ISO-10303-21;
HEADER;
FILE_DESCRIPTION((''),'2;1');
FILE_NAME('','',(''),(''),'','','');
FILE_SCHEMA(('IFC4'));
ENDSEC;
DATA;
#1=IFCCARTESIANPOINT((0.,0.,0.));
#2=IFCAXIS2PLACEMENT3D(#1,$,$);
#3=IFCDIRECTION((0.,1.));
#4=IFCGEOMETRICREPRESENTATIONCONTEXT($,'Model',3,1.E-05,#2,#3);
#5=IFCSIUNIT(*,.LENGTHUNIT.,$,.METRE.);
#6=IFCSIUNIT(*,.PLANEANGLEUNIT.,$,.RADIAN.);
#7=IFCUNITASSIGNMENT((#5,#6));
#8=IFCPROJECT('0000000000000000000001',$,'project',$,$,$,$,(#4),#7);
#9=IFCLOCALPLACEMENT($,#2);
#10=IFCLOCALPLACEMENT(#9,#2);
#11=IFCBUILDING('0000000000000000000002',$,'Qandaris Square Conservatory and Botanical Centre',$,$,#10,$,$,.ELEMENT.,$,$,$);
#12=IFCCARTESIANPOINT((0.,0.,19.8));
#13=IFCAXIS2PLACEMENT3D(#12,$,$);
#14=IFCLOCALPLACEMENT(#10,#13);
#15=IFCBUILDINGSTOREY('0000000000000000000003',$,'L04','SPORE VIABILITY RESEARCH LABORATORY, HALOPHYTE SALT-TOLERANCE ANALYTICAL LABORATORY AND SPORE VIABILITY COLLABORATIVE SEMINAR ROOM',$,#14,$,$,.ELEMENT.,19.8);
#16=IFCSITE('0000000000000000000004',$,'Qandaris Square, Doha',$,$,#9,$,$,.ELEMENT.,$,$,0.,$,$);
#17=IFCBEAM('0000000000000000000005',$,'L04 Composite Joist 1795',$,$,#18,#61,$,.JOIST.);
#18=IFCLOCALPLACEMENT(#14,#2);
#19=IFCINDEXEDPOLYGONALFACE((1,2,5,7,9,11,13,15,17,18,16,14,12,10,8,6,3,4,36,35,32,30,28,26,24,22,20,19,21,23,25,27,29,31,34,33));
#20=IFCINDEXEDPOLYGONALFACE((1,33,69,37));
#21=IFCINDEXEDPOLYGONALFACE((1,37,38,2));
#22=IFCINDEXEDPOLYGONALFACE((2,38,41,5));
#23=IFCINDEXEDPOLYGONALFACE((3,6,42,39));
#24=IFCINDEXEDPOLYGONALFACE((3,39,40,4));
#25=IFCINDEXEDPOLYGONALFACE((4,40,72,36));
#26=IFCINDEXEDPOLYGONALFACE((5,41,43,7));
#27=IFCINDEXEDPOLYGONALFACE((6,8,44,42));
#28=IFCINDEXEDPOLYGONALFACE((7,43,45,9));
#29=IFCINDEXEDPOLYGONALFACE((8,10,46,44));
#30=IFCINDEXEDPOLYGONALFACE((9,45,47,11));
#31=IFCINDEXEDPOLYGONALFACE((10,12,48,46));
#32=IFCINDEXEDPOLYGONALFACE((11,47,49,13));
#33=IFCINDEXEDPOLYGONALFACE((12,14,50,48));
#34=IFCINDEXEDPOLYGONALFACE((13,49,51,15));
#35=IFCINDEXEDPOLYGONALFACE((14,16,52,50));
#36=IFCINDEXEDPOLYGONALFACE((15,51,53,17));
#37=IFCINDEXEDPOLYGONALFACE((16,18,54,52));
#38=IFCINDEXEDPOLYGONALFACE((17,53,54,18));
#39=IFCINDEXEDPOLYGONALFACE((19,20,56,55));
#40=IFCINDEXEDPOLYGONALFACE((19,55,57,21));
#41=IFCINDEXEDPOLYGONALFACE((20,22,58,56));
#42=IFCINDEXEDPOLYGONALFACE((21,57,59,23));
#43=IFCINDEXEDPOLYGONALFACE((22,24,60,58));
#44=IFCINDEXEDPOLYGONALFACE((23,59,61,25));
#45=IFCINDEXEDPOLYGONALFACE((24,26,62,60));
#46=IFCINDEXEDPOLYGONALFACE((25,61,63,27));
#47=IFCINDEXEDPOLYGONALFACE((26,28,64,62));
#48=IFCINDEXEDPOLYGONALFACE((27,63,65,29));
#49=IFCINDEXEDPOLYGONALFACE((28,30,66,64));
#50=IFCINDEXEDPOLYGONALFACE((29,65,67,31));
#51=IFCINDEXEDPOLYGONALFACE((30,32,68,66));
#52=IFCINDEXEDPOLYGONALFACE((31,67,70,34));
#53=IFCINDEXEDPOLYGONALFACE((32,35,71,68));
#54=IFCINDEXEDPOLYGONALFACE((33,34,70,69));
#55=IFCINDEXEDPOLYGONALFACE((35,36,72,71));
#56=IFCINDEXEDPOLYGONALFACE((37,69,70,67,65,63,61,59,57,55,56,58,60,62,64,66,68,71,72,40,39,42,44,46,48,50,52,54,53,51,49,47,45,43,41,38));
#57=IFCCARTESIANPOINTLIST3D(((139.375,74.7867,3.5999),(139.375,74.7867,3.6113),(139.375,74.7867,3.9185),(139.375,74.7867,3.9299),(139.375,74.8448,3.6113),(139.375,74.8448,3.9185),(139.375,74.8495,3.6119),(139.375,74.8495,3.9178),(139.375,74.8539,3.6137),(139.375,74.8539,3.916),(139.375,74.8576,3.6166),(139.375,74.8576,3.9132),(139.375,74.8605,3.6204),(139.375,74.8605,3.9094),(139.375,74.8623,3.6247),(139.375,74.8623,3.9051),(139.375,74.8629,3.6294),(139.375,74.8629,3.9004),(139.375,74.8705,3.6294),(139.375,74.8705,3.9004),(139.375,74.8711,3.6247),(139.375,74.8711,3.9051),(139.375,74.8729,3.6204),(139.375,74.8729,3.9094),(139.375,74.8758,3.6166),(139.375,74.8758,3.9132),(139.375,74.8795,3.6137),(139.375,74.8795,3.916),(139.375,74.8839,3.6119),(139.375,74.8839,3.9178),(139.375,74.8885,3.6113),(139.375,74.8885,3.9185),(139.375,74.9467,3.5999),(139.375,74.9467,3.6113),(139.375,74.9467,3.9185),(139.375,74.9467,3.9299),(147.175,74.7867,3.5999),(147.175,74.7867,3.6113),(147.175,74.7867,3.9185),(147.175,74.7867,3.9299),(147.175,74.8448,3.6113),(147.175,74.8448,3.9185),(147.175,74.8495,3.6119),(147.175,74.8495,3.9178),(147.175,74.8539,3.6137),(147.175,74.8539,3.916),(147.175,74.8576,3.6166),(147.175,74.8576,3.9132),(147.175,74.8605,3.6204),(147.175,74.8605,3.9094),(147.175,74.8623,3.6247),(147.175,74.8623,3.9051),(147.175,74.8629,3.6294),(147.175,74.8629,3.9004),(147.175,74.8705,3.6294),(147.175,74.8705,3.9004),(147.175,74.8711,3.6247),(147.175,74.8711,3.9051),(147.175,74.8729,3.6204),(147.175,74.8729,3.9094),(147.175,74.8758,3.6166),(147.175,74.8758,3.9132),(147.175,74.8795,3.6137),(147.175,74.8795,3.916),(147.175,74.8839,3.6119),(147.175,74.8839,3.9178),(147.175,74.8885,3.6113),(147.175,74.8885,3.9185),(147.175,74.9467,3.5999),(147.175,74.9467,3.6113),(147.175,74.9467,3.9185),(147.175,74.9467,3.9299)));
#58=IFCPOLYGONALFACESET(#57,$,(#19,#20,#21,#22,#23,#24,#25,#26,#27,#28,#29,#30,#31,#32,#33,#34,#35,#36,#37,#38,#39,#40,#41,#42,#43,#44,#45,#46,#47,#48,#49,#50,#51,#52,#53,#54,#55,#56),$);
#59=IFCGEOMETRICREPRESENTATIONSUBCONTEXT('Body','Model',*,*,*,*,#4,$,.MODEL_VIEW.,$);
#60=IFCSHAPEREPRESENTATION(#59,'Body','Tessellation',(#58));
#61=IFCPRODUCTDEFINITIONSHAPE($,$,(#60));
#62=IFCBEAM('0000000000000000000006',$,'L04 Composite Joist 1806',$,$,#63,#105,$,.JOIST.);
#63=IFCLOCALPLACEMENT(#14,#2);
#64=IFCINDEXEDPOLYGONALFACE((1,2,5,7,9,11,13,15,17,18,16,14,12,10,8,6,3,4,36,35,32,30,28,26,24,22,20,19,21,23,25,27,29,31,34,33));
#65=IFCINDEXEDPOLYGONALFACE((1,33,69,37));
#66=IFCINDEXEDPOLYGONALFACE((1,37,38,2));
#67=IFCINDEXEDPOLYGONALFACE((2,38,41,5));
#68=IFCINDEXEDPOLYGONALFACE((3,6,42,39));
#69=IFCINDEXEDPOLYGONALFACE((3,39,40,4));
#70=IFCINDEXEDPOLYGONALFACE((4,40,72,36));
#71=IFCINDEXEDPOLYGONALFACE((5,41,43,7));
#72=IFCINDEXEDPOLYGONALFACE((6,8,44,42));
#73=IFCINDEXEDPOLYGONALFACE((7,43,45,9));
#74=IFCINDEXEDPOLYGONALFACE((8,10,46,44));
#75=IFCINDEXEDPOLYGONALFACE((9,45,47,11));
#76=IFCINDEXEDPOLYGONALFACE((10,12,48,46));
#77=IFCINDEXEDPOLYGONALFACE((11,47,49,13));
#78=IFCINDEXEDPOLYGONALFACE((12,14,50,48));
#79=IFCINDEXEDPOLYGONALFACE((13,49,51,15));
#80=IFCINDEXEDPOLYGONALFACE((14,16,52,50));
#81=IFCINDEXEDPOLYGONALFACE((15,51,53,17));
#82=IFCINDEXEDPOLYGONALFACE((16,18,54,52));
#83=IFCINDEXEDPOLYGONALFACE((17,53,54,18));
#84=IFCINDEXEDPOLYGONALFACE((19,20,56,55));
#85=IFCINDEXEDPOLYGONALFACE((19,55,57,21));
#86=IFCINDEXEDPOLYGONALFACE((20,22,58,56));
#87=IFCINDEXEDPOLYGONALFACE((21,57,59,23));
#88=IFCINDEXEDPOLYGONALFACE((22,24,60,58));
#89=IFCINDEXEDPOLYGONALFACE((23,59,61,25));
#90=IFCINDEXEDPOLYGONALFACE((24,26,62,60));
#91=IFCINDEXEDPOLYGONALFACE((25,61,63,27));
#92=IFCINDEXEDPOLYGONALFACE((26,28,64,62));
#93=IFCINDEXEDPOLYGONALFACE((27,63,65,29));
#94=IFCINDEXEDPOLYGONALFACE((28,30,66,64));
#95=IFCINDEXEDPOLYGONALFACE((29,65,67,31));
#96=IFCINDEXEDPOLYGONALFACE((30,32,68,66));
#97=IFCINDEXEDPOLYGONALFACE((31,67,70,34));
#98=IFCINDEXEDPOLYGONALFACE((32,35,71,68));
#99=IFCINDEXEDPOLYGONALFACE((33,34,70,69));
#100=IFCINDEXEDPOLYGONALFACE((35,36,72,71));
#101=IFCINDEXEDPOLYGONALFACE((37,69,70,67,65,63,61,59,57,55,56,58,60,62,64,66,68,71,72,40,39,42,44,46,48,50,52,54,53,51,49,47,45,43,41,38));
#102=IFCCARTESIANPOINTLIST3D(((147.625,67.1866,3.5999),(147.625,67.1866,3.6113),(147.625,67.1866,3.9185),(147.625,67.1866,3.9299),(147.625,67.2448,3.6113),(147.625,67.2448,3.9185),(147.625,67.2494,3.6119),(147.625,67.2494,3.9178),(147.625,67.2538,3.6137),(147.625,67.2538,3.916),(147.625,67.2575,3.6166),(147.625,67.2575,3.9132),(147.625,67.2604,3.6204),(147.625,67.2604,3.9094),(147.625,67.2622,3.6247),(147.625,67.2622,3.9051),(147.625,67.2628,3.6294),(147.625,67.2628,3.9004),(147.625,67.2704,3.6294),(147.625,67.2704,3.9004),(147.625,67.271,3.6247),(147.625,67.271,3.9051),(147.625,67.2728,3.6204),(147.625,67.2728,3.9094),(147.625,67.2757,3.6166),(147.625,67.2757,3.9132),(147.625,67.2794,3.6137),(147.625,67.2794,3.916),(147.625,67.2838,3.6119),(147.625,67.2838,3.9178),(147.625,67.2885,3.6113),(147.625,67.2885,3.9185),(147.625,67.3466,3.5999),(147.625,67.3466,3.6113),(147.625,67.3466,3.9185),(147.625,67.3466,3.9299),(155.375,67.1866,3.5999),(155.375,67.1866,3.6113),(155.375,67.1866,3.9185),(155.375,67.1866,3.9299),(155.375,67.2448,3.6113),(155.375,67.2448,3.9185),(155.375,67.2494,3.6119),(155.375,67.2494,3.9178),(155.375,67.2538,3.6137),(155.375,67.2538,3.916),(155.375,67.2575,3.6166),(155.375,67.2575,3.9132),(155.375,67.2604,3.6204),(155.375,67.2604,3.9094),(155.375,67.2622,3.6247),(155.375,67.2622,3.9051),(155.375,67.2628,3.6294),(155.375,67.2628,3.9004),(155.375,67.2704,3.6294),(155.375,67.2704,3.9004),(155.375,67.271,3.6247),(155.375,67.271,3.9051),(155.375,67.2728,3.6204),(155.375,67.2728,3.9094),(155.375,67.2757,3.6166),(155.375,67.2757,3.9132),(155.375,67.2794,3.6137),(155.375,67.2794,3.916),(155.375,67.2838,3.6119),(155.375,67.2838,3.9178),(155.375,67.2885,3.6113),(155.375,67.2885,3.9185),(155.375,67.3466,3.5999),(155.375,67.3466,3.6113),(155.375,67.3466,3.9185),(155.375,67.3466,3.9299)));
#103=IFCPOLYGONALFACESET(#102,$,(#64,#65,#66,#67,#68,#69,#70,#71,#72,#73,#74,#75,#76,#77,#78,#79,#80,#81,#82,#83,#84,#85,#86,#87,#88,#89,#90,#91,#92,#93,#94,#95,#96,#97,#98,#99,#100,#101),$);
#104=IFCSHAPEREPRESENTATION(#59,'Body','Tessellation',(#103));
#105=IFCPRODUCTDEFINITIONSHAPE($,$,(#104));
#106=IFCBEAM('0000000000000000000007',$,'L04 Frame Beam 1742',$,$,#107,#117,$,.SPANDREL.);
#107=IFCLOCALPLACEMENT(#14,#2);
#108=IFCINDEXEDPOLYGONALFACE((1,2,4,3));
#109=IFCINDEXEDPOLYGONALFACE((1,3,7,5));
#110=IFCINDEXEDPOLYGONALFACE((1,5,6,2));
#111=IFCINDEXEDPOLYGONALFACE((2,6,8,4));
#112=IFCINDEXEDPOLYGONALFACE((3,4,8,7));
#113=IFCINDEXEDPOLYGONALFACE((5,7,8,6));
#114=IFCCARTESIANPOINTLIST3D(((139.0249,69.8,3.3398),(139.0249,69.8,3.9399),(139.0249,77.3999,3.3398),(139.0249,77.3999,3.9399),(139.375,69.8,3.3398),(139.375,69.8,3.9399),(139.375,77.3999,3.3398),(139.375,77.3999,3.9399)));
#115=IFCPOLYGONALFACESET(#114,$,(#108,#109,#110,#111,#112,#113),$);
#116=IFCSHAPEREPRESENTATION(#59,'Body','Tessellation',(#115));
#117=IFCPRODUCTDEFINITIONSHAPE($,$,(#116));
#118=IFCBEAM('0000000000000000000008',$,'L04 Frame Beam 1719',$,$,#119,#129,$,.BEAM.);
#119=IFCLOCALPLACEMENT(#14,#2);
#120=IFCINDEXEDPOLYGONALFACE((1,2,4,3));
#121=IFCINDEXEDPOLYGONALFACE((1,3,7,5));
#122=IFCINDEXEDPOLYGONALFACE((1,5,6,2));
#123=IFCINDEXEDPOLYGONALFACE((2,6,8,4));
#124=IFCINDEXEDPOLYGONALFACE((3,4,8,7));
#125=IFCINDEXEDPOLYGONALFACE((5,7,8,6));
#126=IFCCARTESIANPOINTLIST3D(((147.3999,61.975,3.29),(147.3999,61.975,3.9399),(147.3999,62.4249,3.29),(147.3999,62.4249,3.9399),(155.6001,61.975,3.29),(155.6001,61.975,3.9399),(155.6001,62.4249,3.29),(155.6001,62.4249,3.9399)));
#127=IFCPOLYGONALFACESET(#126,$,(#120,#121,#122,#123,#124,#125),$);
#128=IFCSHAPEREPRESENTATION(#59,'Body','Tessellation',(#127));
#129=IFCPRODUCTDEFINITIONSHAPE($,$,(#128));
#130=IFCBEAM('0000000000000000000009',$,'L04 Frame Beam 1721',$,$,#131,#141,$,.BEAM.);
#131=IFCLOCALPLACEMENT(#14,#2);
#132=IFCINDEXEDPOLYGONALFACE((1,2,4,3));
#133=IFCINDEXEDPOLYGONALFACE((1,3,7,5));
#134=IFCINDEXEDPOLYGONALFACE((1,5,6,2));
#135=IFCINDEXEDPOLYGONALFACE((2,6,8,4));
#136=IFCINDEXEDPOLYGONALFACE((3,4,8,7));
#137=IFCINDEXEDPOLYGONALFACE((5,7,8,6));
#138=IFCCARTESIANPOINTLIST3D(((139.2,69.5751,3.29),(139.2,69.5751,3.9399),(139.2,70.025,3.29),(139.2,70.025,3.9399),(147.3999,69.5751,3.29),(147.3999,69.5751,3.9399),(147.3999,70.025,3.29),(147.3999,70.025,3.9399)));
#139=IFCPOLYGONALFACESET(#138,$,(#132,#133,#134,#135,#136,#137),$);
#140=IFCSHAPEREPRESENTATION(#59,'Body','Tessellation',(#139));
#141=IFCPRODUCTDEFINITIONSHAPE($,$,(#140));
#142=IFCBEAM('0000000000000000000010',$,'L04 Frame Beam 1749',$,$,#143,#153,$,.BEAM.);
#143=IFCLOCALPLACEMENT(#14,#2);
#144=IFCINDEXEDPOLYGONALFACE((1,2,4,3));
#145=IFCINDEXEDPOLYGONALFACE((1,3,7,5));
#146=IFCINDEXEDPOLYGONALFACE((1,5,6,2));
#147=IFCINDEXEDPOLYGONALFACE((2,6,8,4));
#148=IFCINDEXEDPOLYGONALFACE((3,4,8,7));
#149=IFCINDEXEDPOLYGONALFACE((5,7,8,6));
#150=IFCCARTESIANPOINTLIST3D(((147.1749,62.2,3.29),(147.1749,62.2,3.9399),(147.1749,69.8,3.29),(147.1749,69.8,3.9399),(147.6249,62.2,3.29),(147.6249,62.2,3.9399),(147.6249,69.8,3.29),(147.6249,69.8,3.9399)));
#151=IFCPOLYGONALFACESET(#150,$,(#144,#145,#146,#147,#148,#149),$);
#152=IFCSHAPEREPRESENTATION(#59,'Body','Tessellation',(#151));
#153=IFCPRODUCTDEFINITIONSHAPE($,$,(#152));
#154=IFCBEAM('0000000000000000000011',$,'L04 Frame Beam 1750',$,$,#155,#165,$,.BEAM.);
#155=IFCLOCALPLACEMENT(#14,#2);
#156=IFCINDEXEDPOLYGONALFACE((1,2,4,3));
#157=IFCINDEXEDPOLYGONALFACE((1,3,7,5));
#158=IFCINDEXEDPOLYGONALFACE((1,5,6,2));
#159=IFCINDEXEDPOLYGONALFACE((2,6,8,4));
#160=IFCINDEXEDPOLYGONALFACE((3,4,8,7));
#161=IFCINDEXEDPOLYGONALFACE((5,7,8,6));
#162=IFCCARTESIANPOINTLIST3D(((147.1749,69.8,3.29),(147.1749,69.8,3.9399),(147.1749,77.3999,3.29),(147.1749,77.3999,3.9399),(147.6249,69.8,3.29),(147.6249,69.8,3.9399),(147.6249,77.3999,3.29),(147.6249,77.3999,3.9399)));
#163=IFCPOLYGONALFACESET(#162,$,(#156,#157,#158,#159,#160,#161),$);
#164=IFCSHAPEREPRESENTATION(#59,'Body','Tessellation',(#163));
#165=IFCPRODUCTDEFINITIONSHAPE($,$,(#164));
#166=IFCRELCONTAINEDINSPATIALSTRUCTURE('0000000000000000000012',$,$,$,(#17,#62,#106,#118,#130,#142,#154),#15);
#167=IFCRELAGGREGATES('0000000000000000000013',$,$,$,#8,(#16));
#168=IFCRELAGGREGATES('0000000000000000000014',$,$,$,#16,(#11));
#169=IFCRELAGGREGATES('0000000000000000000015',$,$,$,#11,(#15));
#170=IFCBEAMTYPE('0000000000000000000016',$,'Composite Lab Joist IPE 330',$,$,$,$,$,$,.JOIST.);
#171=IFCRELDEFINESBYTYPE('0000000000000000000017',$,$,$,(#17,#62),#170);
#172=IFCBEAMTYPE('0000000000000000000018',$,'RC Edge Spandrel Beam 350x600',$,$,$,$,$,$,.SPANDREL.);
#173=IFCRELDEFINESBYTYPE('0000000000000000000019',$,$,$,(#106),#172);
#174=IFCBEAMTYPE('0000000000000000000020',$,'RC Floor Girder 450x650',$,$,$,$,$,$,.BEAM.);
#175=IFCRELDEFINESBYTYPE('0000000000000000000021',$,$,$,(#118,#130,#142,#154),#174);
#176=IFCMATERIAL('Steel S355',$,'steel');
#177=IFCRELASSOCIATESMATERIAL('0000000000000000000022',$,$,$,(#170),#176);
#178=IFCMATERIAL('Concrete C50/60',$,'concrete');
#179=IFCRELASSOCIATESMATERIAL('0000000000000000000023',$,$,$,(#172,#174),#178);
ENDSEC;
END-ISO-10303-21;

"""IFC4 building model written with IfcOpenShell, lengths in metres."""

from ifc_helpers import new_model, si_unit, direction, frame, origin, origin_2d, place, context, subcontext, project, spatial, rectangle, i_section, extrude, material, material_profile, profile_set, type_object, element, save


model = new_model("IFC4")

# Units and contexts
model_context = context("Model", 3, precision=1e-05, world=origin(), true_north=direction((0.0, 1.0)))
body_context = subcontext(model_context, "Body", "Model", "MODEL_VIEW")
ifc_project = project(units=[si_unit("LENGTHUNIT", "METRE"), si_unit("PLANEANGLEUNIT", "RADIAN")], contexts=[model_context])

# Site, building, storey
site_placement = place(None, origin())
site = spatial("IfcSite", under=ifc_project, at=site_placement, Name="Qandaris Square, Doha", CompositionType="ELEMENT", RefElevation=0.0)
building_placement = place(site_placement, origin())
building = spatial("IfcBuilding", under=site, at=building_placement, Name="Qandaris Square Conservatory and Botanical Centre", CompositionType="ELEMENT")
storey_placement = place(building_placement, frame((0.0, 0.0, 19.8)))
storey = spatial("IfcBuildingStorey", under=building, at=storey_placement, Name="L04", Description="SPORE VIABILITY RESEARCH LABORATORY, HALOPHYTE SALT-TOLERANCE ANALYTICAL LABORATORY AND SPORE VIABILITY COLLABORATIVE SEMINAR ROOM", CompositionType="ELEMENT", Elevation=19.8)

# Shared definitions
ifc_material_1 = material(Name="Concrete C50/60", Category="concrete")

# Beams
ifc_material_2 = material(Name="Steel S355", Category="steel")
ifc_material_profile_1 = material_profile(ifc_material_2, i_section(OverallWidth=0.1599, OverallDepth=0.3301, WebThickness=0.0076, FlangeThickness=0.0115, FilletRadius=0.0181, at=origin_2d()), Name="IPE 330")
ifc_profile_set_1 = profile_set([ifc_material_profile_1], Name="Steel S355")
beam_type_1 = type_object("IfcBeamType", Name="Composite Lab Joist IPE 330", PredefinedType="JOIST", material=ifc_profile_set_1)
beam_1_placement = place(storey_placement, frame((139.375, 74.8667, 3.7649), z_axis=(1.0, 0.0, 0.0), x_axis=(0.0, 1.0, 0.0)))
element("IfcBeam", 1, at=beam_1_placement, inside=storey, type_object=beam_type_1, Name="L04 Composite Joist 1795", PredefinedType="JOIST", context=body_context, shape_type="SweptSolid", body=[
    extrude(i_section(OverallWidth=0.1599, OverallDepth=0.3301, WebThickness=0.0076, FlangeThickness=0.0115, FilletRadius=0.0181, at=origin_2d()), origin(), (0.0, 0.0, 1.0), 7.8),
])
beam_2_placement = place(storey_placement, frame((147.625, 67.2666, 3.7649), z_axis=(1.0, 0.0, 0.0), x_axis=(0.0, 1.0, 0.0)))
element("IfcBeam", 2, at=beam_2_placement, inside=storey, type_object=beam_type_1, Name="L04 Composite Joist 1806", PredefinedType="JOIST", context=body_context, shape_type="SweptSolid", body=[
    extrude(i_section(OverallWidth=0.1599, OverallDepth=0.3301, WebThickness=0.0076, FlangeThickness=0.0115, FilletRadius=0.0181, at=origin_2d()), origin(), (0.0, 0.0, 1.0), 7.75),
])
ifc_material_profile_2 = material_profile(ifc_material_1, rectangle(XDim=0.3501, YDim=0.6001, at=origin_2d()), Name="RC-SP 350x600")
ifc_profile_set_2 = profile_set([ifc_material_profile_2], Name="Concrete C50/60")
beam_type_2 = type_object("IfcBeamType", Name="RC Edge Spandrel Beam 350x600", PredefinedType="SPANDREL", material=ifc_profile_set_2)
beam_3_placement = place(storey_placement, frame((139.2, 69.8, 3.6399), z_axis=(0.0, 1.0, 0.0), x_axis=(-1.0, 0.0, 0.0)))
element("IfcBeam", 3, at=beam_3_placement, inside=storey, type_object=beam_type_2, Name="L04 Frame Beam 1742", PredefinedType="SPANDREL", context=body_context, shape_type="SweptSolid", body=[
    extrude(rectangle(XDim=0.3501, YDim=0.6001, at=origin_2d()), origin(), (0.0, 0.0, 1.0), 7.5999),
])
ifc_material_profile_3 = material_profile(ifc_material_1, rectangle(XDim=0.45, YDim=0.6499, at=origin_2d()), Name="RC-BM 450x650")
ifc_profile_set_3 = profile_set([ifc_material_profile_3], Name="Concrete C50/60")
beam_type_3 = type_object("IfcBeamType", Name="RC Floor Girder 450x650", PredefinedType="BEAM", material=ifc_profile_set_3)
beam_4_placement = place(storey_placement, frame((147.3999, 62.2, 3.615), z_axis=(1.0, 0.0, 0.0), x_axis=(0.0, 1.0, 0.0)))
element("IfcBeam", 4, at=beam_4_placement, inside=storey, type_object=beam_type_3, Name="L04 Frame Beam 1719", PredefinedType="BEAM", context=body_context, shape_type="SweptSolid", body=[
    extrude(rectangle(XDim=0.45, YDim=0.6499, at=origin_2d()), origin(), (0.0, 0.0, 1.0), 8.2002),
])
beam_5_placement = place(storey_placement, frame((139.2, 69.8, 3.615), z_axis=(1.0, 0.0, 0.0), x_axis=(0.0, 1.0, 0.0)))
element("IfcBeam", 5, at=beam_5_placement, inside=storey, type_object=beam_type_3, Name="L04 Frame Beam 1721", PredefinedType="BEAM", context=body_context, shape_type="SweptSolid", body=[
    extrude(rectangle(XDim=0.45, YDim=0.6499, at=origin_2d()), origin(), (0.0, 0.0, 1.0), 8.2),
])
beam_6_placement = place(storey_placement, frame((147.3999, 62.2, 3.615), z_axis=(0.0, 1.0, 0.0), x_axis=(-1.0, 0.0, 0.0)))
element("IfcBeam", 6, at=beam_6_placement, inside=storey, type_object=beam_type_3, Name="L04 Frame Beam 1749", PredefinedType="BEAM", context=body_context, shape_type="SweptSolid", body=[
    extrude(rectangle(XDim=0.45, YDim=0.6499, at=origin_2d()), origin(), (0.0, 0.0, 1.0), 7.6001),
])
beam_7_placement = place(storey_placement, frame((147.3999, 69.8, 3.615), z_axis=(0.0, 1.0, 0.0), x_axis=(-1.0, 0.0, 0.0)))
element("IfcBeam", 7, at=beam_7_placement, inside=storey, type_object=beam_type_3, Name="L04 Frame Beam 1750", PredefinedType="BEAM", context=body_context, shape_type="SweptSolid", body=[
    extrude(rectangle(XDim=0.45, YDim=0.6499, at=origin_2d()), origin(), (0.0, 0.0, 1.0), 7.5999),
])

save(model, "model.ifc")
